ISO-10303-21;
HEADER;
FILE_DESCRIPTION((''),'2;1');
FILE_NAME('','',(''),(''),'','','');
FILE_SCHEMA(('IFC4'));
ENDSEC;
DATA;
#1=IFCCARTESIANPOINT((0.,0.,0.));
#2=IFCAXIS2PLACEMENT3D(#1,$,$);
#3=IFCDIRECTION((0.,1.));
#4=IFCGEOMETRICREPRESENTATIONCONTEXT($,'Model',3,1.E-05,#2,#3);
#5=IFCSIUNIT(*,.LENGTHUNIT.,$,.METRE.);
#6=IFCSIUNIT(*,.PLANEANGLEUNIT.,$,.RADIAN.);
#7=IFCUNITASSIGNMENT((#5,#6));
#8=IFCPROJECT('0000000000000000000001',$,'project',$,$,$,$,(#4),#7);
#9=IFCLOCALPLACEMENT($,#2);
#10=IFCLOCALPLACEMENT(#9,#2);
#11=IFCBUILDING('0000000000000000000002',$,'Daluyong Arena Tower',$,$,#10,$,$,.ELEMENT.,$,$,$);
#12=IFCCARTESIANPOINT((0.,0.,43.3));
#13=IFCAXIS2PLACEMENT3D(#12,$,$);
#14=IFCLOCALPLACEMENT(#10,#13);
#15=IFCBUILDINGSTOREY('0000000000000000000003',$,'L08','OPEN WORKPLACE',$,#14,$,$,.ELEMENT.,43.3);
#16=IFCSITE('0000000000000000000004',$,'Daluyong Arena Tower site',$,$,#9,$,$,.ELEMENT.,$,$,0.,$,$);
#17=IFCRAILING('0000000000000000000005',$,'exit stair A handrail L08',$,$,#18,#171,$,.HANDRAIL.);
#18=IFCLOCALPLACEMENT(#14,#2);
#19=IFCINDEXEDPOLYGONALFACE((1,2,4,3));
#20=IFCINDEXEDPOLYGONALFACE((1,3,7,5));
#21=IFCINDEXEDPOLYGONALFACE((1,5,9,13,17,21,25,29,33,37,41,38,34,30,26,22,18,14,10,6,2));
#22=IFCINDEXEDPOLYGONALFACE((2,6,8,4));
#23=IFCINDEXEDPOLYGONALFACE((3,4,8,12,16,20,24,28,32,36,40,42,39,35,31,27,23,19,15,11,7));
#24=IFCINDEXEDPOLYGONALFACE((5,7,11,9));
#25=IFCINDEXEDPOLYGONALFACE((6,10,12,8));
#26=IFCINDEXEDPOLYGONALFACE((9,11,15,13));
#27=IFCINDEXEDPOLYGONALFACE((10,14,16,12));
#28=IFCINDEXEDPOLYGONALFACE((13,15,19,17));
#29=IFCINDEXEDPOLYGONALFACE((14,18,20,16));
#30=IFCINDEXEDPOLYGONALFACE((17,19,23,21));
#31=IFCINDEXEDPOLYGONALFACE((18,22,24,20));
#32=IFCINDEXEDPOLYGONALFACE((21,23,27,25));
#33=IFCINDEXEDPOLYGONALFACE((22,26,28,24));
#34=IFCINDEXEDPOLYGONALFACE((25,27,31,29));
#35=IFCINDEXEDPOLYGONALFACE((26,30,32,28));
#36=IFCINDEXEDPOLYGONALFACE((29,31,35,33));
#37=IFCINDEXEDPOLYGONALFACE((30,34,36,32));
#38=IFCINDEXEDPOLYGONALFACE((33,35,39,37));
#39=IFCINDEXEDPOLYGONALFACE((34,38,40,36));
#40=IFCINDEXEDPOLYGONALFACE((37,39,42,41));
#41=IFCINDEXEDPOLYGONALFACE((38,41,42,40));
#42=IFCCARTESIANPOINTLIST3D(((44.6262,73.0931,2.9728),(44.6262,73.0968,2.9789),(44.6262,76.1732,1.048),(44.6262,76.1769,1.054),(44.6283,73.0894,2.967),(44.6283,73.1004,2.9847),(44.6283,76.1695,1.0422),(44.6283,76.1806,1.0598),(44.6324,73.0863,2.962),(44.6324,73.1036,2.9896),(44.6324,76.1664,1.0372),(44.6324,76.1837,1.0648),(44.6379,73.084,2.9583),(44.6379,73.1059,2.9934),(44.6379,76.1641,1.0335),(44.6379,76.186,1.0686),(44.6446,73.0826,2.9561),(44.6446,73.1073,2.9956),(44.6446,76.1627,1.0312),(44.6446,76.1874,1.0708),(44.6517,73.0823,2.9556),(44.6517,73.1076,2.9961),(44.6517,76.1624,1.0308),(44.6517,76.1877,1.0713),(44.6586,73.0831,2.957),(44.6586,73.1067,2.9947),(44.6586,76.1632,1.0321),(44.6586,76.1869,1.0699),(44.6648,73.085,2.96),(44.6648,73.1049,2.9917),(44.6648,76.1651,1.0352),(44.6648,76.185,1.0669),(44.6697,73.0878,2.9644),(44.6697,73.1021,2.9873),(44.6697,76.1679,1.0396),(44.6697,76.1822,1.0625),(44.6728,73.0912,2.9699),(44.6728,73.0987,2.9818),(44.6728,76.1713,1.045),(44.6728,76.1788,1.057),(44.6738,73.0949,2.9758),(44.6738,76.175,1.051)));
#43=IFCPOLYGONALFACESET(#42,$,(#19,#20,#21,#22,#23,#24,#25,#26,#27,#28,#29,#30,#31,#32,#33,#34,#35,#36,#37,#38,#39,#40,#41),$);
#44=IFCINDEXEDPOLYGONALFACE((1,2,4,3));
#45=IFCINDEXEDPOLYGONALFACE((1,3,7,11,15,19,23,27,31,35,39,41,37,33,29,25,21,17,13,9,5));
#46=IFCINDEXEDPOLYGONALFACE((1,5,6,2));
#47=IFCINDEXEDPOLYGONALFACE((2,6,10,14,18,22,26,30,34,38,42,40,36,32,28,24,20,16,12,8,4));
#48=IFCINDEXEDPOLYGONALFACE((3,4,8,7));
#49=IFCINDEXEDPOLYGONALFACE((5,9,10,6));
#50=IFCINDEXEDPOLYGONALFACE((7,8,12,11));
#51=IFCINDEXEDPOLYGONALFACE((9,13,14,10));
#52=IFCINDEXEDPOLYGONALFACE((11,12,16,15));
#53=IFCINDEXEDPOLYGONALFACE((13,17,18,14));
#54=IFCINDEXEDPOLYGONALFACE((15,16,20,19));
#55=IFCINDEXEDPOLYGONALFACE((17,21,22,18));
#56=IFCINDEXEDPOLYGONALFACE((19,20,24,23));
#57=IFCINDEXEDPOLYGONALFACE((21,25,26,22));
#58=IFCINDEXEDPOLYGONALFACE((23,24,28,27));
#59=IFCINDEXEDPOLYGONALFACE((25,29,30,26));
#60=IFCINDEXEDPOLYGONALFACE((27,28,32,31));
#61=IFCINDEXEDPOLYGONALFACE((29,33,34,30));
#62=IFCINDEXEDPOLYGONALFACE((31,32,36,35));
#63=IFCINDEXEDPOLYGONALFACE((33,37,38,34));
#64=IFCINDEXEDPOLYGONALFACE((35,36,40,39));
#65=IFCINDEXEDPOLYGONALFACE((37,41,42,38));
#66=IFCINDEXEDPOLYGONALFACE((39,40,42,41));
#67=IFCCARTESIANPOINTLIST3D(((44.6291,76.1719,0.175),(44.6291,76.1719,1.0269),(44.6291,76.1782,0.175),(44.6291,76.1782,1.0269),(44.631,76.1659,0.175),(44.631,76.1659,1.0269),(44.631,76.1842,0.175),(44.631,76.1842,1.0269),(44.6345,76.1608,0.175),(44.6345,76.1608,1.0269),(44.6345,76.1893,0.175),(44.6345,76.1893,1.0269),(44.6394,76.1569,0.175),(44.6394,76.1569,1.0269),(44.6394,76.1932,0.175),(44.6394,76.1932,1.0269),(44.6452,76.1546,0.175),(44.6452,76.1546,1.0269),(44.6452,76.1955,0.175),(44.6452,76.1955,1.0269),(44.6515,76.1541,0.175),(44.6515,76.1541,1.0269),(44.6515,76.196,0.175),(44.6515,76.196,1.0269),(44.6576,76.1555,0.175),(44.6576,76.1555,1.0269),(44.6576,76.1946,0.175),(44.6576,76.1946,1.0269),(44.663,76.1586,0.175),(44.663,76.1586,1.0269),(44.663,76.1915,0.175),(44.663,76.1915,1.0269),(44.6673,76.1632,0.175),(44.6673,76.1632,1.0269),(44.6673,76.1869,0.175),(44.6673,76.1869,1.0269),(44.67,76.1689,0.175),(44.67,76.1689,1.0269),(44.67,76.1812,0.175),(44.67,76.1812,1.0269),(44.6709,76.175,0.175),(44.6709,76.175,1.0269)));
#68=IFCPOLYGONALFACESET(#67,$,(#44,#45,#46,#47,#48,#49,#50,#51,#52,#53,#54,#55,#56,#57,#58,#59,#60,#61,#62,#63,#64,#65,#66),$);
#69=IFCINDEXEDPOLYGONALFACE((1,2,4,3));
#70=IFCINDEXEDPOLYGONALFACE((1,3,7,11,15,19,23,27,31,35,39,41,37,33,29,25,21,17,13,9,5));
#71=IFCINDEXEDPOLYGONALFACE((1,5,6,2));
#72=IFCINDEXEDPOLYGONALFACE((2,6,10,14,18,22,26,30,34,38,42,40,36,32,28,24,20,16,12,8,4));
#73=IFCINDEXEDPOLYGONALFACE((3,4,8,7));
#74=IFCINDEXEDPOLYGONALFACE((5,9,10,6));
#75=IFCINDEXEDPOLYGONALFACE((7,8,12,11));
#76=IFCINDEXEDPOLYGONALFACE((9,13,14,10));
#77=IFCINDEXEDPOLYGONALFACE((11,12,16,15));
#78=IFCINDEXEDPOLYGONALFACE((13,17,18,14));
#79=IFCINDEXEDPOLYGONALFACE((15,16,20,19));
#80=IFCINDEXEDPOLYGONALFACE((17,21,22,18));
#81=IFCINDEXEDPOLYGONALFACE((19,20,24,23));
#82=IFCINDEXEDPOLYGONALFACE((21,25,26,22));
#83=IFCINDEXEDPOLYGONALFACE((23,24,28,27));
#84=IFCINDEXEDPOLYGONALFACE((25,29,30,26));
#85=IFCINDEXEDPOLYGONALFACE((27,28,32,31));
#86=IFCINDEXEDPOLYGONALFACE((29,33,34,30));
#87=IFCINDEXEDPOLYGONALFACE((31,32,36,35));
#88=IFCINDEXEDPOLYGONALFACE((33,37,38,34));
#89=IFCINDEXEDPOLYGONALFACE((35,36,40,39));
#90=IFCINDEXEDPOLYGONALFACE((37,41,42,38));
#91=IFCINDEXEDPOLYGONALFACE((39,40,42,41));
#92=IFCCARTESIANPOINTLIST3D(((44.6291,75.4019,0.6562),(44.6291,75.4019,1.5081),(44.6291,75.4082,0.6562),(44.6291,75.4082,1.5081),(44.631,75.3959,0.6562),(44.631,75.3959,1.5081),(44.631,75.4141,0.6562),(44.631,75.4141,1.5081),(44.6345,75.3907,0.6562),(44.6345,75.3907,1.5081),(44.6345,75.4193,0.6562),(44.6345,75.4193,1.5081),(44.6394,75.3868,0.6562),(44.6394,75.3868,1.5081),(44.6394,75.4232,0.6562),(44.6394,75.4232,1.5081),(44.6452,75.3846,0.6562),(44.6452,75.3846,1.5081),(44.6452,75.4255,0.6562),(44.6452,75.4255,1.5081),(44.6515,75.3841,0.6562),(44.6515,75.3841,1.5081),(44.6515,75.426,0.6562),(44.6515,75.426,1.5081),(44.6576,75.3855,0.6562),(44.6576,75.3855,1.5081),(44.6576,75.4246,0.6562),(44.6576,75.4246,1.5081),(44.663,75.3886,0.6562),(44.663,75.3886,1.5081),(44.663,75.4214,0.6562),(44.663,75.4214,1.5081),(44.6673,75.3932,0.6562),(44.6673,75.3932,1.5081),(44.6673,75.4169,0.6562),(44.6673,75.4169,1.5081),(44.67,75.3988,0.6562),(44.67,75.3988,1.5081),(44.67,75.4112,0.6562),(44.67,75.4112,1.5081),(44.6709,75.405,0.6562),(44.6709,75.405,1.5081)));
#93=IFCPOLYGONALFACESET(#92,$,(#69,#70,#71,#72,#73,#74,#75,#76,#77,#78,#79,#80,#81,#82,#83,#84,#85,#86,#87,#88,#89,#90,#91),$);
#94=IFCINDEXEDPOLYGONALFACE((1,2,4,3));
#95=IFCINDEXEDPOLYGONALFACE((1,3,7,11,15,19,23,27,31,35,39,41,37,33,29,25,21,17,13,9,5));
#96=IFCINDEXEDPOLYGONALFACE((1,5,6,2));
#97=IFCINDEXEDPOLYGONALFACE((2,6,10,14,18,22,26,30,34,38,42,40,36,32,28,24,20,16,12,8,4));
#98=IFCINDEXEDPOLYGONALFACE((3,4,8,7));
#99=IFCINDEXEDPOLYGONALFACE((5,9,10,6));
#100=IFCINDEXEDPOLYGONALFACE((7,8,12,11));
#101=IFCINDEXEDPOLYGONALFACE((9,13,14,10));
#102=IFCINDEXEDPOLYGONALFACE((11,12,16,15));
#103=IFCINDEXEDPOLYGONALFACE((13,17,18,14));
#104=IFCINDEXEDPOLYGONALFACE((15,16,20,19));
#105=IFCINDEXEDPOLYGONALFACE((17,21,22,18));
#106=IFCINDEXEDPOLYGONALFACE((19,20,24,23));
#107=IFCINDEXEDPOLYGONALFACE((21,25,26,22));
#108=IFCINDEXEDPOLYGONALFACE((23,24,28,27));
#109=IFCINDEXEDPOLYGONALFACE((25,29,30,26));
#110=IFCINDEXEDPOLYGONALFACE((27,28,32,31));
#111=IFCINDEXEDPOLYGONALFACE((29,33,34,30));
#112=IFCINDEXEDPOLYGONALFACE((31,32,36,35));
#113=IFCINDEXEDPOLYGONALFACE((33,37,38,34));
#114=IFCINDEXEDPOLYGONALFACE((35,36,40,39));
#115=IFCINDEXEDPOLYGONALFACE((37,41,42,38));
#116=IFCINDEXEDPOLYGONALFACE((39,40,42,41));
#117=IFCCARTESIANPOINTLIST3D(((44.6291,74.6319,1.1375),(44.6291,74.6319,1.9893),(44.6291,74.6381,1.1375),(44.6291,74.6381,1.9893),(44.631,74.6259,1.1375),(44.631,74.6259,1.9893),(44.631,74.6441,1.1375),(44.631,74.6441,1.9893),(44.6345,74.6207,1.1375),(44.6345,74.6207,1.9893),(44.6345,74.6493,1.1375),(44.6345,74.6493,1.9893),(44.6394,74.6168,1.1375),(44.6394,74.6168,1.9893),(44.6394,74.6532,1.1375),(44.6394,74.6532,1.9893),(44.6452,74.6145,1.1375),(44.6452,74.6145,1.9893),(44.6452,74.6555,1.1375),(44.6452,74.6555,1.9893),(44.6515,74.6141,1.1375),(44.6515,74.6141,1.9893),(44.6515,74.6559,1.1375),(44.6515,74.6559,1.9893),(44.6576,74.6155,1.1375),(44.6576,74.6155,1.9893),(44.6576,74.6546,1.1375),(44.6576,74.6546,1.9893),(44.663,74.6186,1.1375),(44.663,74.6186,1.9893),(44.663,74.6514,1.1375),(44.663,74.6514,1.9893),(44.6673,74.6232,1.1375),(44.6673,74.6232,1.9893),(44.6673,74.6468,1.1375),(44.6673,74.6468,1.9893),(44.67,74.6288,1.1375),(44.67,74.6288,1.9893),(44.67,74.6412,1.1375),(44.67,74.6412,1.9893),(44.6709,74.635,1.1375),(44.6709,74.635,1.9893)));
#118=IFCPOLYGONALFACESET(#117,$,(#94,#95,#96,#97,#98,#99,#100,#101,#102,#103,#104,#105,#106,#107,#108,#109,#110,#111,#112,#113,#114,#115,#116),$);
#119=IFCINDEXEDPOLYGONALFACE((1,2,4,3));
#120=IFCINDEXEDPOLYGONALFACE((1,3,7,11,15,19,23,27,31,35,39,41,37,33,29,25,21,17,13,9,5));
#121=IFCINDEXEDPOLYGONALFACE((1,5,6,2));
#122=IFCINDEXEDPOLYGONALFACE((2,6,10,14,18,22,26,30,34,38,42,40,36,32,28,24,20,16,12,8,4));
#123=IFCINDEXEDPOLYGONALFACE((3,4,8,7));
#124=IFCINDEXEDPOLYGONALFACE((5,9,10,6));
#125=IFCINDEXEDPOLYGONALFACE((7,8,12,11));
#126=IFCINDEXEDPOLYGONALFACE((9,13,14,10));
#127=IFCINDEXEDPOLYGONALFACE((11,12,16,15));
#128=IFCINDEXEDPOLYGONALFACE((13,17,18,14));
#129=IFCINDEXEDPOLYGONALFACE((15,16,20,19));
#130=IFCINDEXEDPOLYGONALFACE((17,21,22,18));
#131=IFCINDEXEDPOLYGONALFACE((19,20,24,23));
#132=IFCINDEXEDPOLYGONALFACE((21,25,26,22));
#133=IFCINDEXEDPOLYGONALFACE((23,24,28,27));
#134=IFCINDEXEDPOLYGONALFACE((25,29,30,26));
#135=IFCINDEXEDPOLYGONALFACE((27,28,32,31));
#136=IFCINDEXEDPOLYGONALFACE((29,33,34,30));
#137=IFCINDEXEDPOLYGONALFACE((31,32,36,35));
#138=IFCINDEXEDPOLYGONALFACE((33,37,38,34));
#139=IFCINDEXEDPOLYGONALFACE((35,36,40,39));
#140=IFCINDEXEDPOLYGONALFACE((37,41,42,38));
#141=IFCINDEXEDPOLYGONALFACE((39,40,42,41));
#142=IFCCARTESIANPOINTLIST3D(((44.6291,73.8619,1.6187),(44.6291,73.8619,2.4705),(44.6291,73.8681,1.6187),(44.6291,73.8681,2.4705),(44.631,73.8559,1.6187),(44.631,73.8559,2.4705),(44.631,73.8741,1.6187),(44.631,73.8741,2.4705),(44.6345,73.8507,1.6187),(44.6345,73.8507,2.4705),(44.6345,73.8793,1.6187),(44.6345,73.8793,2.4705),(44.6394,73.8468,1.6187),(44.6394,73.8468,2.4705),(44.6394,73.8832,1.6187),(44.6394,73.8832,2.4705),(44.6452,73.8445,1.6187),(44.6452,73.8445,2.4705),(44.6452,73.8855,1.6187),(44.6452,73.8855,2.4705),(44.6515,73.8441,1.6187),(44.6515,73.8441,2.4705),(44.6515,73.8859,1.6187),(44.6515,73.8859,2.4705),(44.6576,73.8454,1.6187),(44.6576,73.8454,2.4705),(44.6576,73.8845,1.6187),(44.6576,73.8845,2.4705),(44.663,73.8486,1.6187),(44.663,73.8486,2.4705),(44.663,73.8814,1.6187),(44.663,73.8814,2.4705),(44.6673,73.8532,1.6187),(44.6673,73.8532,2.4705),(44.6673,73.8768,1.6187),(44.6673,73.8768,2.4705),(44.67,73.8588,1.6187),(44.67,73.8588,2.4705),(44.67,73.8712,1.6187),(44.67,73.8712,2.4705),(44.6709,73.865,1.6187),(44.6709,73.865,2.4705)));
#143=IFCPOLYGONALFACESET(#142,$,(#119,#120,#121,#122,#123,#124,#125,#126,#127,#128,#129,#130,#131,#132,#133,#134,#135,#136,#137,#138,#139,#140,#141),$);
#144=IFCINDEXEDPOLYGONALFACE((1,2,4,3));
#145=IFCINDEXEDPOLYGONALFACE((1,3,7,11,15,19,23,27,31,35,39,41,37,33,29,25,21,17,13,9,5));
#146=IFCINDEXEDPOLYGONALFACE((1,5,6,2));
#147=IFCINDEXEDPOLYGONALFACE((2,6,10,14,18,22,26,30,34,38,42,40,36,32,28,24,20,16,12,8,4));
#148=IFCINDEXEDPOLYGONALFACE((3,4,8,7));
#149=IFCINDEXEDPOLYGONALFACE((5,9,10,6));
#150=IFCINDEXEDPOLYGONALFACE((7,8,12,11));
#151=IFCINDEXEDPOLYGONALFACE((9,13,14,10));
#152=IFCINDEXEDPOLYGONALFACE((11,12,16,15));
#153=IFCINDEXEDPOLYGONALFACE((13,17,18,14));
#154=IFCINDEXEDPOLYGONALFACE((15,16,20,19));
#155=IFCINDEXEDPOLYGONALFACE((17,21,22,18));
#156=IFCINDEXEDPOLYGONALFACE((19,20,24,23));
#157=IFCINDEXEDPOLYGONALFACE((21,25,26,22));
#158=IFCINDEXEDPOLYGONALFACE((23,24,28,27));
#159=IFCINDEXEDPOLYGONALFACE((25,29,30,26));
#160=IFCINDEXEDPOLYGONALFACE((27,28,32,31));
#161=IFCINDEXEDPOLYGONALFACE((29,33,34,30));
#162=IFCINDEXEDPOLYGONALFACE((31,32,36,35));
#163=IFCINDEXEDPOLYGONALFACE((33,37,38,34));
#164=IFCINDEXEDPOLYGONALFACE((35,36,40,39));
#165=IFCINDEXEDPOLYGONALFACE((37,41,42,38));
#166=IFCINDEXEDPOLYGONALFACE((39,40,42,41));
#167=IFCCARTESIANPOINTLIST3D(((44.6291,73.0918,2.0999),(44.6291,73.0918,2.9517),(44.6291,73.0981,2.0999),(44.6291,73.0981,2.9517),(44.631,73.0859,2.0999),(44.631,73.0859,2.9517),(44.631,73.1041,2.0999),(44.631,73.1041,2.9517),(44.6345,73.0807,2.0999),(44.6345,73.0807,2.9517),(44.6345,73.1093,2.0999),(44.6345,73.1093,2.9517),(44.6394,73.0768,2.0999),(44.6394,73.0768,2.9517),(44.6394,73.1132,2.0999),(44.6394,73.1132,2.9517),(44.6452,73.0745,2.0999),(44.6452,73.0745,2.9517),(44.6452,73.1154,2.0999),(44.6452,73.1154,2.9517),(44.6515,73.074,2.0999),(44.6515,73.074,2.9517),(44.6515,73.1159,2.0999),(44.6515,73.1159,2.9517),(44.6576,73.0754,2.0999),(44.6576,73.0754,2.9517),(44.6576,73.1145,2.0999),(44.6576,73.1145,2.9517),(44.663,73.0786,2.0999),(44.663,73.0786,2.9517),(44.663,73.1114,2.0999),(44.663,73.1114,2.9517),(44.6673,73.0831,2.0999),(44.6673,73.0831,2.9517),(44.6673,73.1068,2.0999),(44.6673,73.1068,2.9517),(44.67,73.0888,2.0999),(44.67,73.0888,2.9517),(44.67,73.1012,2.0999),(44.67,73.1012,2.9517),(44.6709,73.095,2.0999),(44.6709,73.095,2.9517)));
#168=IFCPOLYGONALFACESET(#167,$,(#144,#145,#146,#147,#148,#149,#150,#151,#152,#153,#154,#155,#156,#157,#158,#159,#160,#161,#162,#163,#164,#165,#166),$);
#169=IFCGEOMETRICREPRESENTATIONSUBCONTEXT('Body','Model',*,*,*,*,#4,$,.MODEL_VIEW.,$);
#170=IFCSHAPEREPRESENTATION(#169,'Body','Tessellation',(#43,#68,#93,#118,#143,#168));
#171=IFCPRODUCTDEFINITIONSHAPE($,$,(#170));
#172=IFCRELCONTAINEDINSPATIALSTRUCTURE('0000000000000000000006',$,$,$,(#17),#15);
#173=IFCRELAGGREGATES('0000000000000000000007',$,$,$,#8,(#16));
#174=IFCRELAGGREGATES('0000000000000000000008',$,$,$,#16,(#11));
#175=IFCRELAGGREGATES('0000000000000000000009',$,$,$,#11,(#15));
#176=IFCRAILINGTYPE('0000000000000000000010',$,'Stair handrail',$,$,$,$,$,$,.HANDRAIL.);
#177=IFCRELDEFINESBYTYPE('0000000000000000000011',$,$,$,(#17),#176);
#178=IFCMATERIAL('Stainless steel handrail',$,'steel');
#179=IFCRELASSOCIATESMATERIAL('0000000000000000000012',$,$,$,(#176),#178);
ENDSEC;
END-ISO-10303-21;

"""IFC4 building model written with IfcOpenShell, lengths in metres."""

from ifc_helpers import new_model, si_unit, direction, frame, origin, origin_2d, place, context, subcontext, project, spatial, circle, extrude, material, type_object, element, save


model = new_model("IFC4")

# Units and contexts
model_context = context("Model", 3, precision=1e-05, world=origin(), true_north=direction((0.0, 1.0)))
body_context = subcontext(model_context, "Body", "Model", "MODEL_VIEW")
ifc_project = project(units=[si_unit("LENGTHUNIT", "METRE"), si_unit("PLANEANGLEUNIT", "RADIAN")], contexts=[model_context])

# Site, building, storey
site_placement = place(None, origin())
site = spatial("IfcSite", under=ifc_project, at=site_placement, Name="Daluyong Arena Tower site", CompositionType="ELEMENT", RefElevation=0.0)
building_placement = place(site_placement, origin())
building = spatial("IfcBuilding", under=site, at=building_placement, Name="Daluyong Arena Tower", CompositionType="ELEMENT")
storey_placement = place(building_placement, frame((0.0, 0.0, 43.3)))
storey = spatial("IfcBuildingStorey", under=building, at=storey_placement, Name="L08", Description="OPEN WORKPLACE", CompositionType="ELEMENT", Elevation=43.3)

# Railing
ifc_material_1 = material(Name="Stainless steel handrail", Category="steel")
railing_type_1 = type_object("IfcRailingType", Name="Stair handrail", PredefinedType="HANDRAIL", material=ifc_material_1)
railing_1_placement = place(storey_placement, frame((44.6499, 76.175, 0.175)))
element("IfcRailing", 1, at=railing_1_placement, inside=storey, type_object=railing_type_1, Name="exit stair A handrail L08", PredefinedType="HANDRAIL", context=body_context, shape_type="SweptSolid", body=[
    extrude(circle(Radius=0.0239, at=origin_2d()), frame((0.0, 0.0, 0.876), z_axis=(0.0, -0.848029, 0.529951), x_axis=(1.0, 0.0, 0.0)), (0.0, 0.0, 1.0), 3.6321),
    extrude(circle(Radius=0.021, at=origin_2d()), origin(), (0.0, 0.0, 1.0), 0.8518),
    extrude(circle(Radius=0.021, at=origin_2d()), frame((0.0, -0.77, 0.4812)), (0.0, 0.0, 1.0), 0.8518),
    extrude(circle(Radius=0.021, at=origin_2d()), frame((0.0, -1.54, 0.9624)), (0.0, 0.0, 1.0), 0.8518),
    extrude(circle(Radius=0.021, at=origin_2d()), frame((0.0, -2.3101, 1.4436)), (0.0, 0.0, 1.0), 0.8518),
    extrude(circle(Radius=0.021, at=origin_2d()), frame((0.0, -3.0801, 1.9248)), (0.0, 0.0, 1.0), 0.8518),
])

save(model, "model.ifc")
